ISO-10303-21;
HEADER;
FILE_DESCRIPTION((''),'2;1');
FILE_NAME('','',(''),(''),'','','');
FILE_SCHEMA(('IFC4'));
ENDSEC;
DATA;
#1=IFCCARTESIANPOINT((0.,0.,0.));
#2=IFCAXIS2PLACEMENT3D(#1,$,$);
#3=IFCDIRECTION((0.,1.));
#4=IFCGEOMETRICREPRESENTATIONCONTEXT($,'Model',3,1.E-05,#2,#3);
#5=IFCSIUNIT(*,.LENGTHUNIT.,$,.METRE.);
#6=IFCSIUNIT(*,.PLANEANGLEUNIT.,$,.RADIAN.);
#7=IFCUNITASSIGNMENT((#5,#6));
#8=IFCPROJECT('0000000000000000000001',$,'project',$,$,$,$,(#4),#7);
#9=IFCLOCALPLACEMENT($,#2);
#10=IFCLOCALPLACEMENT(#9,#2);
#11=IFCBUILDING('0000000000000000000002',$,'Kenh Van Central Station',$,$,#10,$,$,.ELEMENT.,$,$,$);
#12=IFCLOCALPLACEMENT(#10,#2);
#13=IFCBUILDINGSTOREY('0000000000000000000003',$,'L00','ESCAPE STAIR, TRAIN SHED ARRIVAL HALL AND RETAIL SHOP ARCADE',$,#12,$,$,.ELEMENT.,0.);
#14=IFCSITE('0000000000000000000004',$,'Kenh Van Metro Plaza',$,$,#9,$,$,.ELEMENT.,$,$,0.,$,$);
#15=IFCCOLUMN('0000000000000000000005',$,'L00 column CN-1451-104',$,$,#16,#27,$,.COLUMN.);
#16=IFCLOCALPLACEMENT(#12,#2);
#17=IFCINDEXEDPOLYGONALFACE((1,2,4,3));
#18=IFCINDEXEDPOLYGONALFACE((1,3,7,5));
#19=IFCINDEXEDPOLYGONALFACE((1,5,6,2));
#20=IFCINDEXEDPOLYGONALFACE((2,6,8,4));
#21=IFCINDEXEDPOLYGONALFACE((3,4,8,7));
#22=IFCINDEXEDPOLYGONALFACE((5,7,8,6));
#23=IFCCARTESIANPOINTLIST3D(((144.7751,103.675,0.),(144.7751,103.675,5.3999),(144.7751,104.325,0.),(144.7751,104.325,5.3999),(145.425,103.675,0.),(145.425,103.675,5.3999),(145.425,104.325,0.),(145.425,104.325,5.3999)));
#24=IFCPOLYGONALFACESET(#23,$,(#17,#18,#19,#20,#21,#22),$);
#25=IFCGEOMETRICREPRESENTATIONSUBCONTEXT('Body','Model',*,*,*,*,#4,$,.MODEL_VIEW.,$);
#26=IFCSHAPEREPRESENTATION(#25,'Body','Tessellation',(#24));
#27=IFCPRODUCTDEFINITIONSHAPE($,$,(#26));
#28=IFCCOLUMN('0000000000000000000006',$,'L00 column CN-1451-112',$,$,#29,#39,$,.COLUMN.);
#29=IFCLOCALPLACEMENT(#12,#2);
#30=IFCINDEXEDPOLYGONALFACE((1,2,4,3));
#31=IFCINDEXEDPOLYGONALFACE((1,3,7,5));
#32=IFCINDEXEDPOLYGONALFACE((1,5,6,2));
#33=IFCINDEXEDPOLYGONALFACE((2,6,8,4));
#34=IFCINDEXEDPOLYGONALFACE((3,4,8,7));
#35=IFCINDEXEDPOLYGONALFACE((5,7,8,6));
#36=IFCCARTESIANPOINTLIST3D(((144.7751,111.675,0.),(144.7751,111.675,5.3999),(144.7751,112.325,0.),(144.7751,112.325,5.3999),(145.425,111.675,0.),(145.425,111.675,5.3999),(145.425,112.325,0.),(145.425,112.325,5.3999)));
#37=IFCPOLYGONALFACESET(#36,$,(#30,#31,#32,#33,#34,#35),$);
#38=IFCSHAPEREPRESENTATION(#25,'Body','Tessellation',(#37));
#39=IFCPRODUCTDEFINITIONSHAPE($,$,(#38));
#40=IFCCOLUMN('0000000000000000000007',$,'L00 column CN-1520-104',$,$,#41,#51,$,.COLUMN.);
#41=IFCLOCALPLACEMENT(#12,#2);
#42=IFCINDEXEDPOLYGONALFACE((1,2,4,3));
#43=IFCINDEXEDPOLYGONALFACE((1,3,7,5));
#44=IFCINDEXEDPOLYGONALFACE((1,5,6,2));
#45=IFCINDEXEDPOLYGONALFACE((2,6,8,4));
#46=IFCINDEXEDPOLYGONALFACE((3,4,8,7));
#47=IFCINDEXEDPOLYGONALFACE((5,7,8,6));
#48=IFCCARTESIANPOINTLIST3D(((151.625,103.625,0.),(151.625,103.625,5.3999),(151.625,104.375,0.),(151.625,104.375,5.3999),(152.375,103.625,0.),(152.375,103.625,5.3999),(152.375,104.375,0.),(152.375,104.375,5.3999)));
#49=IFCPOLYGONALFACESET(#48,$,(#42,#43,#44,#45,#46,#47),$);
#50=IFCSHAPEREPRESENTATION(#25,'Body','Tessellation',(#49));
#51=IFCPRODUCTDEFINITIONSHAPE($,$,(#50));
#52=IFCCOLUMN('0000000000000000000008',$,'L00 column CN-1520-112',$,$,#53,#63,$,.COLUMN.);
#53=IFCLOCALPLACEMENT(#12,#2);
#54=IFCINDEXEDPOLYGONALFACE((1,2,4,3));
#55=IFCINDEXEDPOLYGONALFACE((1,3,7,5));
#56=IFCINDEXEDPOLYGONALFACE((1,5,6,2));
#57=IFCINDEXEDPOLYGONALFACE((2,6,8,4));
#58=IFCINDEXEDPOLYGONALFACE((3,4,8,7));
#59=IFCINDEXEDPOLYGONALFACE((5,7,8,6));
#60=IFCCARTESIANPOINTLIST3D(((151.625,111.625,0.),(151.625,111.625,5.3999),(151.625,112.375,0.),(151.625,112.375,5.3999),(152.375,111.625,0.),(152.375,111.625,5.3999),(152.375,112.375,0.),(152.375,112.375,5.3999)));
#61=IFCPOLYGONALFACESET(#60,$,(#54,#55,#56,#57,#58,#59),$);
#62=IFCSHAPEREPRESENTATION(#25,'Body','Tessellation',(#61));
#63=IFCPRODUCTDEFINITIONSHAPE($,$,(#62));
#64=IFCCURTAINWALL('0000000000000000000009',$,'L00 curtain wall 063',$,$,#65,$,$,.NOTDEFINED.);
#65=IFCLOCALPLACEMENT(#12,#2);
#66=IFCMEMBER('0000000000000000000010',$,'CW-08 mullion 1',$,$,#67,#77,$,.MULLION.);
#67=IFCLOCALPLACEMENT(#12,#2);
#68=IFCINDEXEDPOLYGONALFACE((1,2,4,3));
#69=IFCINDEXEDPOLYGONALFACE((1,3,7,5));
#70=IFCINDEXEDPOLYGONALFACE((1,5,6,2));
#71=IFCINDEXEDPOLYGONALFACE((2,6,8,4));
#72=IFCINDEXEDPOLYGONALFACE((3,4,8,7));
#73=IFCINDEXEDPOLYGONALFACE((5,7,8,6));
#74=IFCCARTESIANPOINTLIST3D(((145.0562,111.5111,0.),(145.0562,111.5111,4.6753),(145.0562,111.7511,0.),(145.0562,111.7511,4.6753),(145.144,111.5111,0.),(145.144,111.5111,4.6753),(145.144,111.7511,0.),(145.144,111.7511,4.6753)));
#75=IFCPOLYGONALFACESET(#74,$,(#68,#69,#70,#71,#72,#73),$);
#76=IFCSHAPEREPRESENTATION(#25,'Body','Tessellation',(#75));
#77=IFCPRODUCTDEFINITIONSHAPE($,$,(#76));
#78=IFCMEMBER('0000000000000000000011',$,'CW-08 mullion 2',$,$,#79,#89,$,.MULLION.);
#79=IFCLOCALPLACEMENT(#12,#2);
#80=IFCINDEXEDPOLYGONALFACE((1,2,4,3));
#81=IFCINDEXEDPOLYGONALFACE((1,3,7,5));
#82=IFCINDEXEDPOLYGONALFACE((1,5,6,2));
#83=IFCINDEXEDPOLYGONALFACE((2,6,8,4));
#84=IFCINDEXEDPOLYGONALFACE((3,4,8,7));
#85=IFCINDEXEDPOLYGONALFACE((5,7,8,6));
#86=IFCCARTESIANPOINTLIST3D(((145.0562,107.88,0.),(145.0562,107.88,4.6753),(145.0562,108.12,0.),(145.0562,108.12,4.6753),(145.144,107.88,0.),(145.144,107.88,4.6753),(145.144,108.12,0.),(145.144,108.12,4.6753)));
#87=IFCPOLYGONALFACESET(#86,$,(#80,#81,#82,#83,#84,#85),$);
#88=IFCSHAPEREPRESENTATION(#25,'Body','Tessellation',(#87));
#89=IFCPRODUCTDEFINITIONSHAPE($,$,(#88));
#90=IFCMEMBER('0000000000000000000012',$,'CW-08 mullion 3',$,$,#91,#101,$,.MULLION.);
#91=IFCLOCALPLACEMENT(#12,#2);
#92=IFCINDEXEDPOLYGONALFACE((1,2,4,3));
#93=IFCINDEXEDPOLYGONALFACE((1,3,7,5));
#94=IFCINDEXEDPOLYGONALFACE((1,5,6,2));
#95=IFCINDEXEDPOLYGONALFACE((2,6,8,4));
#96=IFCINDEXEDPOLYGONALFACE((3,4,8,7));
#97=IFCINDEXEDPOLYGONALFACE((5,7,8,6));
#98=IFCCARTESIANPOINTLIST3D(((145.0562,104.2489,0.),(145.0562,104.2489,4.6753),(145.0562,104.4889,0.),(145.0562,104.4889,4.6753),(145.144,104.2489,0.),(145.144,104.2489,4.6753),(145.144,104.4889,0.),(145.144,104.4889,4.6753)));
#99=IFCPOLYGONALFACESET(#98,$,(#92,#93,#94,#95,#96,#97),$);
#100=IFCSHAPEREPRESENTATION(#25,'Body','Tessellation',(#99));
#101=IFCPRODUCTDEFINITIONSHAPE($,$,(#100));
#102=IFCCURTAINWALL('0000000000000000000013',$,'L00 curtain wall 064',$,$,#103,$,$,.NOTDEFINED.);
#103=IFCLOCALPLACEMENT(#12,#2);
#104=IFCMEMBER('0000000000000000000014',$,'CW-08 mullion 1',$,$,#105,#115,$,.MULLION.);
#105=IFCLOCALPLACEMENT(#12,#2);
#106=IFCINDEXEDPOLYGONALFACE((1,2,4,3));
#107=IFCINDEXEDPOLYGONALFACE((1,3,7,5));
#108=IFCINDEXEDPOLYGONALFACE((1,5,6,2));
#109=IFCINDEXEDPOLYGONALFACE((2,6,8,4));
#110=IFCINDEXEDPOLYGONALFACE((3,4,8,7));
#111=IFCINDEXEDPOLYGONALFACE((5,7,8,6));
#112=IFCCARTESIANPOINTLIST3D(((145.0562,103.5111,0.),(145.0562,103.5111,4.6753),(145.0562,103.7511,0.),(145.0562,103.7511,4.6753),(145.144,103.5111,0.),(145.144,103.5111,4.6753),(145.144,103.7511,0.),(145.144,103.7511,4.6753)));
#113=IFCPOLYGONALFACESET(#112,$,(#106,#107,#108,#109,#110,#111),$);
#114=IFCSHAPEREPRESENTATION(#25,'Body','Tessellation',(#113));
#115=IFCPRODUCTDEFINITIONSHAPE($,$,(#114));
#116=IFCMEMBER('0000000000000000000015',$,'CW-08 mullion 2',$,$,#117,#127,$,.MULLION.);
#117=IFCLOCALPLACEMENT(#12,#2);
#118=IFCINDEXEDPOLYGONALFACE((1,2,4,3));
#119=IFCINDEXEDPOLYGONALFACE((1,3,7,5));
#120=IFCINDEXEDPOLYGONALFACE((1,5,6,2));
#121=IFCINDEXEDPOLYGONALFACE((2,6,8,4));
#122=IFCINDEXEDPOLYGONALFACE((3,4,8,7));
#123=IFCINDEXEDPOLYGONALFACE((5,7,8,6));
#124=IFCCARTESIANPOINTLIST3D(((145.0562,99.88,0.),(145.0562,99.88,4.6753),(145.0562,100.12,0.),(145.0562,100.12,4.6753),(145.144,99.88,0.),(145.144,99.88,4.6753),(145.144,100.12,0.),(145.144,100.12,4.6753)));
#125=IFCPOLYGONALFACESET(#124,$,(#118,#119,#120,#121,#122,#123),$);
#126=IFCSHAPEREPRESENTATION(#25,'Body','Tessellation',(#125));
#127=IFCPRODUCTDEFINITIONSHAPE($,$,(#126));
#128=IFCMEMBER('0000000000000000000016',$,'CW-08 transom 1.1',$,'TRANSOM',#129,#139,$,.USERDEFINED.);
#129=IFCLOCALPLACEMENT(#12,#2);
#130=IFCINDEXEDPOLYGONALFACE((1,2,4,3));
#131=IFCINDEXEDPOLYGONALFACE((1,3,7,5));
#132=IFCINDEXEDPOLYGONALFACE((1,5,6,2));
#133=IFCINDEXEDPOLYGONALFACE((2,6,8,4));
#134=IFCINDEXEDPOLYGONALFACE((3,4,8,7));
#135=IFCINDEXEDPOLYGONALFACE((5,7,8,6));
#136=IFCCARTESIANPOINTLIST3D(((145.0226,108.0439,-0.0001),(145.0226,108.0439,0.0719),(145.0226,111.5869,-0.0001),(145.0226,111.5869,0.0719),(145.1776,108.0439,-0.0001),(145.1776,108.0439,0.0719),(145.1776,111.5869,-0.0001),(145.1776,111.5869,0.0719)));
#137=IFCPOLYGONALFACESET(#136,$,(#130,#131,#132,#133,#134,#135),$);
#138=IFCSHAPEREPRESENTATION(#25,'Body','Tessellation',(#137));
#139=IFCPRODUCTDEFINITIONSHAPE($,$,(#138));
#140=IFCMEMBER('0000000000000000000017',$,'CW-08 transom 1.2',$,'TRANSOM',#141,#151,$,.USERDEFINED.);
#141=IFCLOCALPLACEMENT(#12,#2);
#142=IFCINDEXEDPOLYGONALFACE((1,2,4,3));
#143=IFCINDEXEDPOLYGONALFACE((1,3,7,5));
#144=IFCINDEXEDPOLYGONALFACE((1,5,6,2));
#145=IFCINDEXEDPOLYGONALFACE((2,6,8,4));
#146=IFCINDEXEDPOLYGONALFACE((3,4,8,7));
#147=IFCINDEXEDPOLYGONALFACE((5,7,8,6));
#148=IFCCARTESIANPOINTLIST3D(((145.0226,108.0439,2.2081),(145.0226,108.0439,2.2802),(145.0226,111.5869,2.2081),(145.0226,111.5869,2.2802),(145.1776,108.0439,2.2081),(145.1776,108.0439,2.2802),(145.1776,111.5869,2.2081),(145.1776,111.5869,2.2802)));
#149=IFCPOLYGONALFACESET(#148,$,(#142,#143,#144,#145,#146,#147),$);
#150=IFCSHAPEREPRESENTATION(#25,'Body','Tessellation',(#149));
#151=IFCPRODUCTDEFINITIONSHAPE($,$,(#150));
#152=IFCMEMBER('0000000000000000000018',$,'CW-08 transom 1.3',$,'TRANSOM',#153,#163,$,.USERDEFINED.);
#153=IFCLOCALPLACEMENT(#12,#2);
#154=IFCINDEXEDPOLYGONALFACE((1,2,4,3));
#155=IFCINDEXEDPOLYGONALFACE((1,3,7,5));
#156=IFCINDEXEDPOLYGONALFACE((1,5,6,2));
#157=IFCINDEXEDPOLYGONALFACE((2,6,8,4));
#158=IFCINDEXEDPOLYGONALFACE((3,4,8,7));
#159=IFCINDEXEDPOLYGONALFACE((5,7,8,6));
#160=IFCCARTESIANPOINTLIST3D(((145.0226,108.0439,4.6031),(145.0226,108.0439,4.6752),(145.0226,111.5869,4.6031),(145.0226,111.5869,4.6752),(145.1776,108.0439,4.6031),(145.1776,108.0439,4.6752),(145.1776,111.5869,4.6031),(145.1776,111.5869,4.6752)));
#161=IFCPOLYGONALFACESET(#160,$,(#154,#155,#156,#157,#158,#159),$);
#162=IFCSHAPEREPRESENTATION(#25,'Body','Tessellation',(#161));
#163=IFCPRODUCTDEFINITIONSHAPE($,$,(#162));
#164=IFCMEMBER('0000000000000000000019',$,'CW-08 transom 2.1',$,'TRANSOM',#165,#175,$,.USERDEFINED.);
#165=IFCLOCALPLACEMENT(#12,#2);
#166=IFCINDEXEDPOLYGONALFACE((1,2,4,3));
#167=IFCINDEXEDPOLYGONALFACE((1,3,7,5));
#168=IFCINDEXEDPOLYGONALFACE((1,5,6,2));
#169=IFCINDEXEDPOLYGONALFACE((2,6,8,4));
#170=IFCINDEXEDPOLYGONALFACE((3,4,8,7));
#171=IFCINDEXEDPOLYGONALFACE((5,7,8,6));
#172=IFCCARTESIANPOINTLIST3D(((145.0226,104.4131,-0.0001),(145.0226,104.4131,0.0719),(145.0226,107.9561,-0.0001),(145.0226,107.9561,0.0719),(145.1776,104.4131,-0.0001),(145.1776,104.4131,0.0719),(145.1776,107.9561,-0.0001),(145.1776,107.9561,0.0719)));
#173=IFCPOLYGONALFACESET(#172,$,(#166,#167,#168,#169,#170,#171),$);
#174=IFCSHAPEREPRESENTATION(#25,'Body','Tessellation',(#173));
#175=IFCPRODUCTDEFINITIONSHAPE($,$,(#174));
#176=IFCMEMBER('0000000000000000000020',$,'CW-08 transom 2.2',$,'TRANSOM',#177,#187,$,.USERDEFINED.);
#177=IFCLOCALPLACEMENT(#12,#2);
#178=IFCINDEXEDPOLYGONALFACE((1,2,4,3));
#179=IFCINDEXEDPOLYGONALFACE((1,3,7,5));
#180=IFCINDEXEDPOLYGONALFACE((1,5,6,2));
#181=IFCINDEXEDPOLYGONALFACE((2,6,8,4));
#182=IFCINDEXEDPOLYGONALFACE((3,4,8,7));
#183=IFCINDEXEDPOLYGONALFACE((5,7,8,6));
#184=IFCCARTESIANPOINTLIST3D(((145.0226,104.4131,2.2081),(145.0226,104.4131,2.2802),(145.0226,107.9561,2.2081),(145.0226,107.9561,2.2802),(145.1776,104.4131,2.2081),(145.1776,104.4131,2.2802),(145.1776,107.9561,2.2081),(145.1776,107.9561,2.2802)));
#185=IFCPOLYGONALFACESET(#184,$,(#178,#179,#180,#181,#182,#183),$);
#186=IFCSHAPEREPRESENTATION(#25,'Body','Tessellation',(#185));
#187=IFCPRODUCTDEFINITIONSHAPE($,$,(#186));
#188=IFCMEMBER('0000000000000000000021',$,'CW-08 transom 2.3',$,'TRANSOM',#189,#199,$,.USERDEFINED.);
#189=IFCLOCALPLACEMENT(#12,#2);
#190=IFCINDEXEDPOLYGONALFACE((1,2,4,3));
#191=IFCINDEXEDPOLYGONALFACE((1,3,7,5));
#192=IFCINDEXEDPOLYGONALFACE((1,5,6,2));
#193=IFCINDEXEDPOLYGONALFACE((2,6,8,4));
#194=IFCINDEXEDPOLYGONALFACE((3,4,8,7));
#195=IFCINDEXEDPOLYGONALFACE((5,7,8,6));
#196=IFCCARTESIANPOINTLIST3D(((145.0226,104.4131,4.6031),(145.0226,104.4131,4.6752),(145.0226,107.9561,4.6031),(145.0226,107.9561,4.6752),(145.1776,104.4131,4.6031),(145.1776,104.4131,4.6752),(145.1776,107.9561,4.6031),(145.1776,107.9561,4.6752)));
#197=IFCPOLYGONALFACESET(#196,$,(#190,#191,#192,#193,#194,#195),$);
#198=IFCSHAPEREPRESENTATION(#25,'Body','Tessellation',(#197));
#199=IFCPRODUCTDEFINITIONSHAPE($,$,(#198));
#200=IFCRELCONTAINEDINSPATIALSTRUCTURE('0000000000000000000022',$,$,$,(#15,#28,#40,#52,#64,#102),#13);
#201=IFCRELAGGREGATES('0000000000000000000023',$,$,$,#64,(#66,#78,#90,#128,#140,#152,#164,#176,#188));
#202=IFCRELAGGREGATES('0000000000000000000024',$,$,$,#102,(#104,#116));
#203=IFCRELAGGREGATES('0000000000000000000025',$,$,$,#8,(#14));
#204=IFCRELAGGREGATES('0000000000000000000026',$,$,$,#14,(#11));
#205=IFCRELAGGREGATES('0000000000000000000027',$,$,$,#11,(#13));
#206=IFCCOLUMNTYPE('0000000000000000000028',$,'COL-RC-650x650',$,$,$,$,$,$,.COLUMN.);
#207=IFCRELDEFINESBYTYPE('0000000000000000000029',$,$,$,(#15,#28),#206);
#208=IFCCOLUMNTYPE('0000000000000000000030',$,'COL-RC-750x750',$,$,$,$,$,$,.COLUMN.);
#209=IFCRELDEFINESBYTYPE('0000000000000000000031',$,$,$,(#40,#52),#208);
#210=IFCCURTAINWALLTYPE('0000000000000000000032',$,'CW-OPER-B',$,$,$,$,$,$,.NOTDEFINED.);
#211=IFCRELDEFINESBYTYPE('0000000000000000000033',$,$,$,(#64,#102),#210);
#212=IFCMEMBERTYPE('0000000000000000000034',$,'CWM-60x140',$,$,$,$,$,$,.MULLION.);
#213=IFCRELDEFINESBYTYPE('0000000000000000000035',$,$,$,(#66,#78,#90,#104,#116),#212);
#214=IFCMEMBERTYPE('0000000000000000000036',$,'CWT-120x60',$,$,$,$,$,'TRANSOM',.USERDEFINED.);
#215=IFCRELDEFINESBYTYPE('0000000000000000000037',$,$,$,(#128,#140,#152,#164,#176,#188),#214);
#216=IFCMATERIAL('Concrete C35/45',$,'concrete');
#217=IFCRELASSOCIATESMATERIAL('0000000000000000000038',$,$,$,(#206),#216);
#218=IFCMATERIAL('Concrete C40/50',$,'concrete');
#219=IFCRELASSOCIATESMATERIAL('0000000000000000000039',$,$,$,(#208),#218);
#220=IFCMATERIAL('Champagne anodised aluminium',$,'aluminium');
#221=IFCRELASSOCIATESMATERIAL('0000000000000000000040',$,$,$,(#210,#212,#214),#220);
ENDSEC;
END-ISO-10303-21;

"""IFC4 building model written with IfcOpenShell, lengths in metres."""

from ifc_helpers import new_model, si_unit, direction, frame, origin, origin_2d, place, context, subcontext, project, spatial, rectangle, extrude, material, material_profile, profile_set, type_object, element, aggregate, save


model = new_model("IFC4")

# Units and contexts
model_context = context("Model", 3, precision=1e-05, world=origin(), true_north=direction((0.0, 1.0)))
body_context = subcontext(model_context, "Body", "Model", "MODEL_VIEW")
ifc_project = project(units=[si_unit("LENGTHUNIT", "METRE"), si_unit("PLANEANGLEUNIT", "RADIAN")], contexts=[model_context])

# Site, building, storey
site_placement = place(None, origin())
site = spatial("IfcSite", under=ifc_project, at=site_placement, Name="Kenh Van Metro Plaza", CompositionType="ELEMENT", RefElevation=0.0)
building_placement = place(site_placement, origin())
building = spatial("IfcBuilding", under=site, at=building_placement, Name="Kenh Van Central Station", CompositionType="ELEMENT")
storey_placement = place(building_placement, origin())
storey = spatial("IfcBuildingStorey", under=building, at=storey_placement, Name="L00", Description="ESCAPE STAIR, TRAIN SHED ARRIVAL HALL AND RETAIL SHOP ARCADE", CompositionType="ELEMENT", Elevation=0.0)

# Columns
ifc_material_1 = material(Name="Concrete C35/45", Category="concrete")
ifc_material_profile_1 = material_profile(ifc_material_1, rectangle(XDim=0.6499, YDim=0.6499, at=origin_2d()), Name="RC 650x650")
ifc_profile_set_1 = profile_set([ifc_material_profile_1], Name="Concrete C35/45")
column_type_1 = type_object("IfcColumnType", Name="COL-RC-650x650", PredefinedType="COLUMN", material=ifc_profile_set_1)
for number, where, z_axis, x_axis, name in (
    (1, (145.1001, 104.0, 0.0), (0.0, 0.0, 1.0), (1.0, 0.0, 0.0), "L00 column CN-1451-104"),
    (2, (145.1001, 112.0, 0.0), (0.0, 0.0, 1.0), (1.0, 0.0, 0.0), "L00 column CN-1451-112"),
):
    element("IfcColumn", number, at=place(storey_placement, frame(where, z_axis=z_axis, x_axis=x_axis)), inside=storey, type_object=column_type_1, Name=name, PredefinedType="COLUMN", context=body_context, shape_type="SweptSolid", body=[
        extrude(rectangle(XDim=0.6499, YDim=0.6499, at=origin_2d()), origin(), (0.0, 0.0, 1.0), 5.3999),
    ])
ifc_material_2 = material(Name="Concrete C40/50", Category="concrete")
ifc_material_profile_2 = material_profile(ifc_material_2, rectangle(XDim=0.75, YDim=0.75, at=origin_2d()), Name="RC 750x750")
ifc_profile_set_2 = profile_set([ifc_material_profile_2], Name="Concrete C40/50")
column_type_2 = type_object("IfcColumnType", Name="COL-RC-750x750", PredefinedType="COLUMN", material=ifc_profile_set_2)
for number, where, z_axis, x_axis, name in (
    (3, (152.0, 104.0, 0.0), (0.0, 0.0, 1.0), (1.0, 0.0, 0.0), "L00 column CN-1520-104"),
    (4, (152.0, 112.0, 0.0), (0.0, 0.0, 1.0), (1.0, 0.0, 0.0), "L00 column CN-1520-112"),
):
    element("IfcColumn", number, at=place(storey_placement, frame(where, z_axis=z_axis, x_axis=x_axis)), inside=storey, type_object=column_type_2, Name=name, PredefinedType="COLUMN", context=body_context, shape_type="SweptSolid", body=[
        extrude(rectangle(XDim=0.75, YDim=0.75, at=origin_2d()), origin(), (0.0, 0.0, 1.0), 5.3999),
    ])

# Curtain walls, members
ifc_material_3 = material(Name="Champagne anodised aluminium", Category="aluminium")
curtain_wall_type = type_object("IfcCurtainWallType", Name="CW-OPER-B", PredefinedType="NOTDEFINED", material=ifc_material_3)
curtain_wall_1_placement = place(storey_placement, origin())
curtain_wall_1 = element("IfcCurtainWall", 5, at=curtain_wall_1_placement, inside=storey, type_object=curtain_wall_type, Name="L00 curtain wall 063", PredefinedType="NOTDEFINED")
ifc_material_profile_3 = material_profile(ifc_material_3, rectangle(XDim=0.0879, YDim=0.24, at=origin_2d()), Name="AL 88x240")
ifc_profile_set_3 = profile_set([ifc_material_profile_3], Name="Champagne anodised aluminium")
member_type_1 = type_object("IfcMemberType", Name="CWM-60x140", PredefinedType="MULLION", material=ifc_profile_set_3)
member_1_placement = place(storey_placement, frame((145.1001, 111.6311, 0.0), z_axis=(0.0, 0.0, 1.0), x_axis=(1.0, 0.0, 0.0)))
member_1 = element("IfcMember", 6, at=member_1_placement, type_object=member_type_1, Name="CW-08 mullion 1", PredefinedType="MULLION", context=body_context, shape_type="SweptSolid", body=[
    extrude(rectangle(XDim=0.0879, YDim=0.24, at=origin_2d()), origin(), (0.0, 0.0, 1.0), 4.6753),
])
member_2_placement = place(storey_placement, frame((145.1001, 108.0, 0.0), z_axis=(0.0, 0.0, 1.0), x_axis=(1.0, 0.0, 0.0)))
member_2 = element("IfcMember", 7, at=member_2_placement, type_object=member_type_1, Name="CW-08 mullion 2", PredefinedType="MULLION", context=body_context, shape_type="SweptSolid", body=[
    extrude(rectangle(XDim=0.0879, YDim=0.24, at=origin_2d()), origin(), (0.0, 0.0, 1.0), 4.6753),
])
member_3_placement = place(storey_placement, frame((145.1001, 104.3689, 0.0), z_axis=(0.0, 0.0, 1.0), x_axis=(1.0, 0.0, 0.0)))
member_3 = element("IfcMember", 8, at=member_3_placement, type_object=member_type_1, Name="CW-08 mullion 3", PredefinedType="MULLION", context=body_context, shape_type="SweptSolid", body=[
    extrude(rectangle(XDim=0.0879, YDim=0.24, at=origin_2d()), origin(), (0.0, 0.0, 1.0), 4.6753),
])
curtain_wall_2_placement = place(storey_placement, origin())
curtain_wall_2 = element("IfcCurtainWall", 9, at=curtain_wall_2_placement, inside=storey, type_object=curtain_wall_type, Name="L00 curtain wall 064", PredefinedType="NOTDEFINED")
member_4_placement = place(storey_placement, frame((145.1001, 103.6311, 0.0), z_axis=(0.0, 0.0, 1.0), x_axis=(1.0, 0.0, 0.0)))
member_4 = element("IfcMember", 10, at=member_4_placement, type_object=member_type_1, Name="CW-08 mullion 1", PredefinedType="MULLION", context=body_context, shape_type="SweptSolid", body=[
    extrude(rectangle(XDim=0.0879, YDim=0.24, at=origin_2d()), origin(), (0.0, 0.0, 1.0), 4.6753),
])
member_5_placement = place(storey_placement, frame((145.1001, 100.0, 0.0), z_axis=(0.0, 0.0, 1.0), x_axis=(1.0, 0.0, 0.0)))
member_5 = element("IfcMember", 11, at=member_5_placement, type_object=member_type_1, Name="CW-08 mullion 2", PredefinedType="MULLION", context=body_context, shape_type="SweptSolid", body=[
    extrude(rectangle(XDim=0.0879, YDim=0.24, at=origin_2d()), origin(), (0.0, 0.0, 1.0), 4.6753),
])

# Members
ifc_material_profile_4 = material_profile(ifc_material_3, rectangle(XDim=0.155, YDim=0.072, at=origin_2d()), Name="AL 155x72")
ifc_profile_set_4 = profile_set([ifc_material_profile_4], Name="Champagne anodised aluminium")
member_type_2 = type_object("IfcMemberType", Name="CWT-120x60", ElementType="TRANSOM", PredefinedType="USERDEFINED", material=ifc_profile_set_4)
member_6_placement = place(storey_placement, frame((145.1001, 111.5869, 0.0359), z_axis=(0.0, -1.0, 0.0), x_axis=(1.0, 0.0, 0.0)))
member_6 = element("IfcMember", 12, at=member_6_placement, type_object=member_type_2, Name="CW-08 transom 1.1", ObjectType="TRANSOM", PredefinedType="USERDEFINED", context=body_context, shape_type="SweptSolid", body=[
    extrude(rectangle(XDim=0.155, YDim=0.072, at=origin_2d()), origin(), (0.0, 0.0, 1.0), 3.543),
])
member_7_placement = place(storey_placement, frame((145.1001, 111.5869, 2.2441), z_axis=(0.0, -1.0, 0.0), x_axis=(1.0, 0.0, 0.0)))
member_7 = element("IfcMember", 13, at=member_7_placement, type_object=member_type_2, Name="CW-08 transom 1.2", ObjectType="TRANSOM", PredefinedType="USERDEFINED", context=body_context, shape_type="SweptSolid", body=[
    extrude(rectangle(XDim=0.155, YDim=0.072, at=origin_2d()), origin(), (0.0, 0.0, 1.0), 3.543),
])
member_8_placement = place(storey_placement, frame((145.1001, 111.5869, 4.6392), z_axis=(0.0, -1.0, 0.0), x_axis=(1.0, 0.0, 0.0)))
member_8 = element("IfcMember", 14, at=member_8_placement, type_object=member_type_2, Name="CW-08 transom 1.3", ObjectType="TRANSOM", PredefinedType="USERDEFINED", context=body_context, shape_type="SweptSolid", body=[
    extrude(rectangle(XDim=0.155, YDim=0.072, at=origin_2d()), origin(), (0.0, 0.0, 1.0), 3.543),
])
member_9_placement = place(storey_placement, frame((145.1001, 107.9561, 0.0359), z_axis=(0.0, -1.0, 0.0), x_axis=(1.0, 0.0, 0.0)))
member_9 = element("IfcMember", 15, at=member_9_placement, type_object=member_type_2, Name="CW-08 transom 2.1", ObjectType="TRANSOM", PredefinedType="USERDEFINED", context=body_context, shape_type="SweptSolid", body=[
    extrude(rectangle(XDim=0.155, YDim=0.072, at=origin_2d()), origin(), (0.0, 0.0, 1.0), 3.543),
])
member_10_placement = place(storey_placement, frame((145.1001, 107.9561, 2.2441), z_axis=(0.0, -1.0, 0.0), x_axis=(1.0, 0.0, 0.0)))
member_10 = element("IfcMember", 16, at=member_10_placement, type_object=member_type_2, Name="CW-08 transom 2.2", ObjectType="TRANSOM", PredefinedType="USERDEFINED", context=body_context, shape_type="SweptSolid", body=[
    extrude(rectangle(XDim=0.155, YDim=0.072, at=origin_2d()), origin(), (0.0, 0.0, 1.0), 3.543),
])
member_11_placement = place(storey_placement, frame((145.1001, 107.9561, 4.6392), z_axis=(0.0, -1.0, 0.0), x_axis=(1.0, 0.0, 0.0)))
member_11 = element("IfcMember", 17, at=member_11_placement, type_object=member_type_2, Name="CW-08 transom 2.3", ObjectType="TRANSOM", PredefinedType="USERDEFINED", context=body_context, shape_type="SweptSolid", body=[
    extrude(rectangle(XDim=0.155, YDim=0.072, at=origin_2d()), origin(), (0.0, 0.0, 1.0), 3.543),
])

aggregate(curtain_wall_1, [member_1, member_2, member_3, member_6, member_7, member_8, member_9, member_10, member_11])
aggregate(curtain_wall_2, [member_4, member_5])

save(model, "model.ifc")
